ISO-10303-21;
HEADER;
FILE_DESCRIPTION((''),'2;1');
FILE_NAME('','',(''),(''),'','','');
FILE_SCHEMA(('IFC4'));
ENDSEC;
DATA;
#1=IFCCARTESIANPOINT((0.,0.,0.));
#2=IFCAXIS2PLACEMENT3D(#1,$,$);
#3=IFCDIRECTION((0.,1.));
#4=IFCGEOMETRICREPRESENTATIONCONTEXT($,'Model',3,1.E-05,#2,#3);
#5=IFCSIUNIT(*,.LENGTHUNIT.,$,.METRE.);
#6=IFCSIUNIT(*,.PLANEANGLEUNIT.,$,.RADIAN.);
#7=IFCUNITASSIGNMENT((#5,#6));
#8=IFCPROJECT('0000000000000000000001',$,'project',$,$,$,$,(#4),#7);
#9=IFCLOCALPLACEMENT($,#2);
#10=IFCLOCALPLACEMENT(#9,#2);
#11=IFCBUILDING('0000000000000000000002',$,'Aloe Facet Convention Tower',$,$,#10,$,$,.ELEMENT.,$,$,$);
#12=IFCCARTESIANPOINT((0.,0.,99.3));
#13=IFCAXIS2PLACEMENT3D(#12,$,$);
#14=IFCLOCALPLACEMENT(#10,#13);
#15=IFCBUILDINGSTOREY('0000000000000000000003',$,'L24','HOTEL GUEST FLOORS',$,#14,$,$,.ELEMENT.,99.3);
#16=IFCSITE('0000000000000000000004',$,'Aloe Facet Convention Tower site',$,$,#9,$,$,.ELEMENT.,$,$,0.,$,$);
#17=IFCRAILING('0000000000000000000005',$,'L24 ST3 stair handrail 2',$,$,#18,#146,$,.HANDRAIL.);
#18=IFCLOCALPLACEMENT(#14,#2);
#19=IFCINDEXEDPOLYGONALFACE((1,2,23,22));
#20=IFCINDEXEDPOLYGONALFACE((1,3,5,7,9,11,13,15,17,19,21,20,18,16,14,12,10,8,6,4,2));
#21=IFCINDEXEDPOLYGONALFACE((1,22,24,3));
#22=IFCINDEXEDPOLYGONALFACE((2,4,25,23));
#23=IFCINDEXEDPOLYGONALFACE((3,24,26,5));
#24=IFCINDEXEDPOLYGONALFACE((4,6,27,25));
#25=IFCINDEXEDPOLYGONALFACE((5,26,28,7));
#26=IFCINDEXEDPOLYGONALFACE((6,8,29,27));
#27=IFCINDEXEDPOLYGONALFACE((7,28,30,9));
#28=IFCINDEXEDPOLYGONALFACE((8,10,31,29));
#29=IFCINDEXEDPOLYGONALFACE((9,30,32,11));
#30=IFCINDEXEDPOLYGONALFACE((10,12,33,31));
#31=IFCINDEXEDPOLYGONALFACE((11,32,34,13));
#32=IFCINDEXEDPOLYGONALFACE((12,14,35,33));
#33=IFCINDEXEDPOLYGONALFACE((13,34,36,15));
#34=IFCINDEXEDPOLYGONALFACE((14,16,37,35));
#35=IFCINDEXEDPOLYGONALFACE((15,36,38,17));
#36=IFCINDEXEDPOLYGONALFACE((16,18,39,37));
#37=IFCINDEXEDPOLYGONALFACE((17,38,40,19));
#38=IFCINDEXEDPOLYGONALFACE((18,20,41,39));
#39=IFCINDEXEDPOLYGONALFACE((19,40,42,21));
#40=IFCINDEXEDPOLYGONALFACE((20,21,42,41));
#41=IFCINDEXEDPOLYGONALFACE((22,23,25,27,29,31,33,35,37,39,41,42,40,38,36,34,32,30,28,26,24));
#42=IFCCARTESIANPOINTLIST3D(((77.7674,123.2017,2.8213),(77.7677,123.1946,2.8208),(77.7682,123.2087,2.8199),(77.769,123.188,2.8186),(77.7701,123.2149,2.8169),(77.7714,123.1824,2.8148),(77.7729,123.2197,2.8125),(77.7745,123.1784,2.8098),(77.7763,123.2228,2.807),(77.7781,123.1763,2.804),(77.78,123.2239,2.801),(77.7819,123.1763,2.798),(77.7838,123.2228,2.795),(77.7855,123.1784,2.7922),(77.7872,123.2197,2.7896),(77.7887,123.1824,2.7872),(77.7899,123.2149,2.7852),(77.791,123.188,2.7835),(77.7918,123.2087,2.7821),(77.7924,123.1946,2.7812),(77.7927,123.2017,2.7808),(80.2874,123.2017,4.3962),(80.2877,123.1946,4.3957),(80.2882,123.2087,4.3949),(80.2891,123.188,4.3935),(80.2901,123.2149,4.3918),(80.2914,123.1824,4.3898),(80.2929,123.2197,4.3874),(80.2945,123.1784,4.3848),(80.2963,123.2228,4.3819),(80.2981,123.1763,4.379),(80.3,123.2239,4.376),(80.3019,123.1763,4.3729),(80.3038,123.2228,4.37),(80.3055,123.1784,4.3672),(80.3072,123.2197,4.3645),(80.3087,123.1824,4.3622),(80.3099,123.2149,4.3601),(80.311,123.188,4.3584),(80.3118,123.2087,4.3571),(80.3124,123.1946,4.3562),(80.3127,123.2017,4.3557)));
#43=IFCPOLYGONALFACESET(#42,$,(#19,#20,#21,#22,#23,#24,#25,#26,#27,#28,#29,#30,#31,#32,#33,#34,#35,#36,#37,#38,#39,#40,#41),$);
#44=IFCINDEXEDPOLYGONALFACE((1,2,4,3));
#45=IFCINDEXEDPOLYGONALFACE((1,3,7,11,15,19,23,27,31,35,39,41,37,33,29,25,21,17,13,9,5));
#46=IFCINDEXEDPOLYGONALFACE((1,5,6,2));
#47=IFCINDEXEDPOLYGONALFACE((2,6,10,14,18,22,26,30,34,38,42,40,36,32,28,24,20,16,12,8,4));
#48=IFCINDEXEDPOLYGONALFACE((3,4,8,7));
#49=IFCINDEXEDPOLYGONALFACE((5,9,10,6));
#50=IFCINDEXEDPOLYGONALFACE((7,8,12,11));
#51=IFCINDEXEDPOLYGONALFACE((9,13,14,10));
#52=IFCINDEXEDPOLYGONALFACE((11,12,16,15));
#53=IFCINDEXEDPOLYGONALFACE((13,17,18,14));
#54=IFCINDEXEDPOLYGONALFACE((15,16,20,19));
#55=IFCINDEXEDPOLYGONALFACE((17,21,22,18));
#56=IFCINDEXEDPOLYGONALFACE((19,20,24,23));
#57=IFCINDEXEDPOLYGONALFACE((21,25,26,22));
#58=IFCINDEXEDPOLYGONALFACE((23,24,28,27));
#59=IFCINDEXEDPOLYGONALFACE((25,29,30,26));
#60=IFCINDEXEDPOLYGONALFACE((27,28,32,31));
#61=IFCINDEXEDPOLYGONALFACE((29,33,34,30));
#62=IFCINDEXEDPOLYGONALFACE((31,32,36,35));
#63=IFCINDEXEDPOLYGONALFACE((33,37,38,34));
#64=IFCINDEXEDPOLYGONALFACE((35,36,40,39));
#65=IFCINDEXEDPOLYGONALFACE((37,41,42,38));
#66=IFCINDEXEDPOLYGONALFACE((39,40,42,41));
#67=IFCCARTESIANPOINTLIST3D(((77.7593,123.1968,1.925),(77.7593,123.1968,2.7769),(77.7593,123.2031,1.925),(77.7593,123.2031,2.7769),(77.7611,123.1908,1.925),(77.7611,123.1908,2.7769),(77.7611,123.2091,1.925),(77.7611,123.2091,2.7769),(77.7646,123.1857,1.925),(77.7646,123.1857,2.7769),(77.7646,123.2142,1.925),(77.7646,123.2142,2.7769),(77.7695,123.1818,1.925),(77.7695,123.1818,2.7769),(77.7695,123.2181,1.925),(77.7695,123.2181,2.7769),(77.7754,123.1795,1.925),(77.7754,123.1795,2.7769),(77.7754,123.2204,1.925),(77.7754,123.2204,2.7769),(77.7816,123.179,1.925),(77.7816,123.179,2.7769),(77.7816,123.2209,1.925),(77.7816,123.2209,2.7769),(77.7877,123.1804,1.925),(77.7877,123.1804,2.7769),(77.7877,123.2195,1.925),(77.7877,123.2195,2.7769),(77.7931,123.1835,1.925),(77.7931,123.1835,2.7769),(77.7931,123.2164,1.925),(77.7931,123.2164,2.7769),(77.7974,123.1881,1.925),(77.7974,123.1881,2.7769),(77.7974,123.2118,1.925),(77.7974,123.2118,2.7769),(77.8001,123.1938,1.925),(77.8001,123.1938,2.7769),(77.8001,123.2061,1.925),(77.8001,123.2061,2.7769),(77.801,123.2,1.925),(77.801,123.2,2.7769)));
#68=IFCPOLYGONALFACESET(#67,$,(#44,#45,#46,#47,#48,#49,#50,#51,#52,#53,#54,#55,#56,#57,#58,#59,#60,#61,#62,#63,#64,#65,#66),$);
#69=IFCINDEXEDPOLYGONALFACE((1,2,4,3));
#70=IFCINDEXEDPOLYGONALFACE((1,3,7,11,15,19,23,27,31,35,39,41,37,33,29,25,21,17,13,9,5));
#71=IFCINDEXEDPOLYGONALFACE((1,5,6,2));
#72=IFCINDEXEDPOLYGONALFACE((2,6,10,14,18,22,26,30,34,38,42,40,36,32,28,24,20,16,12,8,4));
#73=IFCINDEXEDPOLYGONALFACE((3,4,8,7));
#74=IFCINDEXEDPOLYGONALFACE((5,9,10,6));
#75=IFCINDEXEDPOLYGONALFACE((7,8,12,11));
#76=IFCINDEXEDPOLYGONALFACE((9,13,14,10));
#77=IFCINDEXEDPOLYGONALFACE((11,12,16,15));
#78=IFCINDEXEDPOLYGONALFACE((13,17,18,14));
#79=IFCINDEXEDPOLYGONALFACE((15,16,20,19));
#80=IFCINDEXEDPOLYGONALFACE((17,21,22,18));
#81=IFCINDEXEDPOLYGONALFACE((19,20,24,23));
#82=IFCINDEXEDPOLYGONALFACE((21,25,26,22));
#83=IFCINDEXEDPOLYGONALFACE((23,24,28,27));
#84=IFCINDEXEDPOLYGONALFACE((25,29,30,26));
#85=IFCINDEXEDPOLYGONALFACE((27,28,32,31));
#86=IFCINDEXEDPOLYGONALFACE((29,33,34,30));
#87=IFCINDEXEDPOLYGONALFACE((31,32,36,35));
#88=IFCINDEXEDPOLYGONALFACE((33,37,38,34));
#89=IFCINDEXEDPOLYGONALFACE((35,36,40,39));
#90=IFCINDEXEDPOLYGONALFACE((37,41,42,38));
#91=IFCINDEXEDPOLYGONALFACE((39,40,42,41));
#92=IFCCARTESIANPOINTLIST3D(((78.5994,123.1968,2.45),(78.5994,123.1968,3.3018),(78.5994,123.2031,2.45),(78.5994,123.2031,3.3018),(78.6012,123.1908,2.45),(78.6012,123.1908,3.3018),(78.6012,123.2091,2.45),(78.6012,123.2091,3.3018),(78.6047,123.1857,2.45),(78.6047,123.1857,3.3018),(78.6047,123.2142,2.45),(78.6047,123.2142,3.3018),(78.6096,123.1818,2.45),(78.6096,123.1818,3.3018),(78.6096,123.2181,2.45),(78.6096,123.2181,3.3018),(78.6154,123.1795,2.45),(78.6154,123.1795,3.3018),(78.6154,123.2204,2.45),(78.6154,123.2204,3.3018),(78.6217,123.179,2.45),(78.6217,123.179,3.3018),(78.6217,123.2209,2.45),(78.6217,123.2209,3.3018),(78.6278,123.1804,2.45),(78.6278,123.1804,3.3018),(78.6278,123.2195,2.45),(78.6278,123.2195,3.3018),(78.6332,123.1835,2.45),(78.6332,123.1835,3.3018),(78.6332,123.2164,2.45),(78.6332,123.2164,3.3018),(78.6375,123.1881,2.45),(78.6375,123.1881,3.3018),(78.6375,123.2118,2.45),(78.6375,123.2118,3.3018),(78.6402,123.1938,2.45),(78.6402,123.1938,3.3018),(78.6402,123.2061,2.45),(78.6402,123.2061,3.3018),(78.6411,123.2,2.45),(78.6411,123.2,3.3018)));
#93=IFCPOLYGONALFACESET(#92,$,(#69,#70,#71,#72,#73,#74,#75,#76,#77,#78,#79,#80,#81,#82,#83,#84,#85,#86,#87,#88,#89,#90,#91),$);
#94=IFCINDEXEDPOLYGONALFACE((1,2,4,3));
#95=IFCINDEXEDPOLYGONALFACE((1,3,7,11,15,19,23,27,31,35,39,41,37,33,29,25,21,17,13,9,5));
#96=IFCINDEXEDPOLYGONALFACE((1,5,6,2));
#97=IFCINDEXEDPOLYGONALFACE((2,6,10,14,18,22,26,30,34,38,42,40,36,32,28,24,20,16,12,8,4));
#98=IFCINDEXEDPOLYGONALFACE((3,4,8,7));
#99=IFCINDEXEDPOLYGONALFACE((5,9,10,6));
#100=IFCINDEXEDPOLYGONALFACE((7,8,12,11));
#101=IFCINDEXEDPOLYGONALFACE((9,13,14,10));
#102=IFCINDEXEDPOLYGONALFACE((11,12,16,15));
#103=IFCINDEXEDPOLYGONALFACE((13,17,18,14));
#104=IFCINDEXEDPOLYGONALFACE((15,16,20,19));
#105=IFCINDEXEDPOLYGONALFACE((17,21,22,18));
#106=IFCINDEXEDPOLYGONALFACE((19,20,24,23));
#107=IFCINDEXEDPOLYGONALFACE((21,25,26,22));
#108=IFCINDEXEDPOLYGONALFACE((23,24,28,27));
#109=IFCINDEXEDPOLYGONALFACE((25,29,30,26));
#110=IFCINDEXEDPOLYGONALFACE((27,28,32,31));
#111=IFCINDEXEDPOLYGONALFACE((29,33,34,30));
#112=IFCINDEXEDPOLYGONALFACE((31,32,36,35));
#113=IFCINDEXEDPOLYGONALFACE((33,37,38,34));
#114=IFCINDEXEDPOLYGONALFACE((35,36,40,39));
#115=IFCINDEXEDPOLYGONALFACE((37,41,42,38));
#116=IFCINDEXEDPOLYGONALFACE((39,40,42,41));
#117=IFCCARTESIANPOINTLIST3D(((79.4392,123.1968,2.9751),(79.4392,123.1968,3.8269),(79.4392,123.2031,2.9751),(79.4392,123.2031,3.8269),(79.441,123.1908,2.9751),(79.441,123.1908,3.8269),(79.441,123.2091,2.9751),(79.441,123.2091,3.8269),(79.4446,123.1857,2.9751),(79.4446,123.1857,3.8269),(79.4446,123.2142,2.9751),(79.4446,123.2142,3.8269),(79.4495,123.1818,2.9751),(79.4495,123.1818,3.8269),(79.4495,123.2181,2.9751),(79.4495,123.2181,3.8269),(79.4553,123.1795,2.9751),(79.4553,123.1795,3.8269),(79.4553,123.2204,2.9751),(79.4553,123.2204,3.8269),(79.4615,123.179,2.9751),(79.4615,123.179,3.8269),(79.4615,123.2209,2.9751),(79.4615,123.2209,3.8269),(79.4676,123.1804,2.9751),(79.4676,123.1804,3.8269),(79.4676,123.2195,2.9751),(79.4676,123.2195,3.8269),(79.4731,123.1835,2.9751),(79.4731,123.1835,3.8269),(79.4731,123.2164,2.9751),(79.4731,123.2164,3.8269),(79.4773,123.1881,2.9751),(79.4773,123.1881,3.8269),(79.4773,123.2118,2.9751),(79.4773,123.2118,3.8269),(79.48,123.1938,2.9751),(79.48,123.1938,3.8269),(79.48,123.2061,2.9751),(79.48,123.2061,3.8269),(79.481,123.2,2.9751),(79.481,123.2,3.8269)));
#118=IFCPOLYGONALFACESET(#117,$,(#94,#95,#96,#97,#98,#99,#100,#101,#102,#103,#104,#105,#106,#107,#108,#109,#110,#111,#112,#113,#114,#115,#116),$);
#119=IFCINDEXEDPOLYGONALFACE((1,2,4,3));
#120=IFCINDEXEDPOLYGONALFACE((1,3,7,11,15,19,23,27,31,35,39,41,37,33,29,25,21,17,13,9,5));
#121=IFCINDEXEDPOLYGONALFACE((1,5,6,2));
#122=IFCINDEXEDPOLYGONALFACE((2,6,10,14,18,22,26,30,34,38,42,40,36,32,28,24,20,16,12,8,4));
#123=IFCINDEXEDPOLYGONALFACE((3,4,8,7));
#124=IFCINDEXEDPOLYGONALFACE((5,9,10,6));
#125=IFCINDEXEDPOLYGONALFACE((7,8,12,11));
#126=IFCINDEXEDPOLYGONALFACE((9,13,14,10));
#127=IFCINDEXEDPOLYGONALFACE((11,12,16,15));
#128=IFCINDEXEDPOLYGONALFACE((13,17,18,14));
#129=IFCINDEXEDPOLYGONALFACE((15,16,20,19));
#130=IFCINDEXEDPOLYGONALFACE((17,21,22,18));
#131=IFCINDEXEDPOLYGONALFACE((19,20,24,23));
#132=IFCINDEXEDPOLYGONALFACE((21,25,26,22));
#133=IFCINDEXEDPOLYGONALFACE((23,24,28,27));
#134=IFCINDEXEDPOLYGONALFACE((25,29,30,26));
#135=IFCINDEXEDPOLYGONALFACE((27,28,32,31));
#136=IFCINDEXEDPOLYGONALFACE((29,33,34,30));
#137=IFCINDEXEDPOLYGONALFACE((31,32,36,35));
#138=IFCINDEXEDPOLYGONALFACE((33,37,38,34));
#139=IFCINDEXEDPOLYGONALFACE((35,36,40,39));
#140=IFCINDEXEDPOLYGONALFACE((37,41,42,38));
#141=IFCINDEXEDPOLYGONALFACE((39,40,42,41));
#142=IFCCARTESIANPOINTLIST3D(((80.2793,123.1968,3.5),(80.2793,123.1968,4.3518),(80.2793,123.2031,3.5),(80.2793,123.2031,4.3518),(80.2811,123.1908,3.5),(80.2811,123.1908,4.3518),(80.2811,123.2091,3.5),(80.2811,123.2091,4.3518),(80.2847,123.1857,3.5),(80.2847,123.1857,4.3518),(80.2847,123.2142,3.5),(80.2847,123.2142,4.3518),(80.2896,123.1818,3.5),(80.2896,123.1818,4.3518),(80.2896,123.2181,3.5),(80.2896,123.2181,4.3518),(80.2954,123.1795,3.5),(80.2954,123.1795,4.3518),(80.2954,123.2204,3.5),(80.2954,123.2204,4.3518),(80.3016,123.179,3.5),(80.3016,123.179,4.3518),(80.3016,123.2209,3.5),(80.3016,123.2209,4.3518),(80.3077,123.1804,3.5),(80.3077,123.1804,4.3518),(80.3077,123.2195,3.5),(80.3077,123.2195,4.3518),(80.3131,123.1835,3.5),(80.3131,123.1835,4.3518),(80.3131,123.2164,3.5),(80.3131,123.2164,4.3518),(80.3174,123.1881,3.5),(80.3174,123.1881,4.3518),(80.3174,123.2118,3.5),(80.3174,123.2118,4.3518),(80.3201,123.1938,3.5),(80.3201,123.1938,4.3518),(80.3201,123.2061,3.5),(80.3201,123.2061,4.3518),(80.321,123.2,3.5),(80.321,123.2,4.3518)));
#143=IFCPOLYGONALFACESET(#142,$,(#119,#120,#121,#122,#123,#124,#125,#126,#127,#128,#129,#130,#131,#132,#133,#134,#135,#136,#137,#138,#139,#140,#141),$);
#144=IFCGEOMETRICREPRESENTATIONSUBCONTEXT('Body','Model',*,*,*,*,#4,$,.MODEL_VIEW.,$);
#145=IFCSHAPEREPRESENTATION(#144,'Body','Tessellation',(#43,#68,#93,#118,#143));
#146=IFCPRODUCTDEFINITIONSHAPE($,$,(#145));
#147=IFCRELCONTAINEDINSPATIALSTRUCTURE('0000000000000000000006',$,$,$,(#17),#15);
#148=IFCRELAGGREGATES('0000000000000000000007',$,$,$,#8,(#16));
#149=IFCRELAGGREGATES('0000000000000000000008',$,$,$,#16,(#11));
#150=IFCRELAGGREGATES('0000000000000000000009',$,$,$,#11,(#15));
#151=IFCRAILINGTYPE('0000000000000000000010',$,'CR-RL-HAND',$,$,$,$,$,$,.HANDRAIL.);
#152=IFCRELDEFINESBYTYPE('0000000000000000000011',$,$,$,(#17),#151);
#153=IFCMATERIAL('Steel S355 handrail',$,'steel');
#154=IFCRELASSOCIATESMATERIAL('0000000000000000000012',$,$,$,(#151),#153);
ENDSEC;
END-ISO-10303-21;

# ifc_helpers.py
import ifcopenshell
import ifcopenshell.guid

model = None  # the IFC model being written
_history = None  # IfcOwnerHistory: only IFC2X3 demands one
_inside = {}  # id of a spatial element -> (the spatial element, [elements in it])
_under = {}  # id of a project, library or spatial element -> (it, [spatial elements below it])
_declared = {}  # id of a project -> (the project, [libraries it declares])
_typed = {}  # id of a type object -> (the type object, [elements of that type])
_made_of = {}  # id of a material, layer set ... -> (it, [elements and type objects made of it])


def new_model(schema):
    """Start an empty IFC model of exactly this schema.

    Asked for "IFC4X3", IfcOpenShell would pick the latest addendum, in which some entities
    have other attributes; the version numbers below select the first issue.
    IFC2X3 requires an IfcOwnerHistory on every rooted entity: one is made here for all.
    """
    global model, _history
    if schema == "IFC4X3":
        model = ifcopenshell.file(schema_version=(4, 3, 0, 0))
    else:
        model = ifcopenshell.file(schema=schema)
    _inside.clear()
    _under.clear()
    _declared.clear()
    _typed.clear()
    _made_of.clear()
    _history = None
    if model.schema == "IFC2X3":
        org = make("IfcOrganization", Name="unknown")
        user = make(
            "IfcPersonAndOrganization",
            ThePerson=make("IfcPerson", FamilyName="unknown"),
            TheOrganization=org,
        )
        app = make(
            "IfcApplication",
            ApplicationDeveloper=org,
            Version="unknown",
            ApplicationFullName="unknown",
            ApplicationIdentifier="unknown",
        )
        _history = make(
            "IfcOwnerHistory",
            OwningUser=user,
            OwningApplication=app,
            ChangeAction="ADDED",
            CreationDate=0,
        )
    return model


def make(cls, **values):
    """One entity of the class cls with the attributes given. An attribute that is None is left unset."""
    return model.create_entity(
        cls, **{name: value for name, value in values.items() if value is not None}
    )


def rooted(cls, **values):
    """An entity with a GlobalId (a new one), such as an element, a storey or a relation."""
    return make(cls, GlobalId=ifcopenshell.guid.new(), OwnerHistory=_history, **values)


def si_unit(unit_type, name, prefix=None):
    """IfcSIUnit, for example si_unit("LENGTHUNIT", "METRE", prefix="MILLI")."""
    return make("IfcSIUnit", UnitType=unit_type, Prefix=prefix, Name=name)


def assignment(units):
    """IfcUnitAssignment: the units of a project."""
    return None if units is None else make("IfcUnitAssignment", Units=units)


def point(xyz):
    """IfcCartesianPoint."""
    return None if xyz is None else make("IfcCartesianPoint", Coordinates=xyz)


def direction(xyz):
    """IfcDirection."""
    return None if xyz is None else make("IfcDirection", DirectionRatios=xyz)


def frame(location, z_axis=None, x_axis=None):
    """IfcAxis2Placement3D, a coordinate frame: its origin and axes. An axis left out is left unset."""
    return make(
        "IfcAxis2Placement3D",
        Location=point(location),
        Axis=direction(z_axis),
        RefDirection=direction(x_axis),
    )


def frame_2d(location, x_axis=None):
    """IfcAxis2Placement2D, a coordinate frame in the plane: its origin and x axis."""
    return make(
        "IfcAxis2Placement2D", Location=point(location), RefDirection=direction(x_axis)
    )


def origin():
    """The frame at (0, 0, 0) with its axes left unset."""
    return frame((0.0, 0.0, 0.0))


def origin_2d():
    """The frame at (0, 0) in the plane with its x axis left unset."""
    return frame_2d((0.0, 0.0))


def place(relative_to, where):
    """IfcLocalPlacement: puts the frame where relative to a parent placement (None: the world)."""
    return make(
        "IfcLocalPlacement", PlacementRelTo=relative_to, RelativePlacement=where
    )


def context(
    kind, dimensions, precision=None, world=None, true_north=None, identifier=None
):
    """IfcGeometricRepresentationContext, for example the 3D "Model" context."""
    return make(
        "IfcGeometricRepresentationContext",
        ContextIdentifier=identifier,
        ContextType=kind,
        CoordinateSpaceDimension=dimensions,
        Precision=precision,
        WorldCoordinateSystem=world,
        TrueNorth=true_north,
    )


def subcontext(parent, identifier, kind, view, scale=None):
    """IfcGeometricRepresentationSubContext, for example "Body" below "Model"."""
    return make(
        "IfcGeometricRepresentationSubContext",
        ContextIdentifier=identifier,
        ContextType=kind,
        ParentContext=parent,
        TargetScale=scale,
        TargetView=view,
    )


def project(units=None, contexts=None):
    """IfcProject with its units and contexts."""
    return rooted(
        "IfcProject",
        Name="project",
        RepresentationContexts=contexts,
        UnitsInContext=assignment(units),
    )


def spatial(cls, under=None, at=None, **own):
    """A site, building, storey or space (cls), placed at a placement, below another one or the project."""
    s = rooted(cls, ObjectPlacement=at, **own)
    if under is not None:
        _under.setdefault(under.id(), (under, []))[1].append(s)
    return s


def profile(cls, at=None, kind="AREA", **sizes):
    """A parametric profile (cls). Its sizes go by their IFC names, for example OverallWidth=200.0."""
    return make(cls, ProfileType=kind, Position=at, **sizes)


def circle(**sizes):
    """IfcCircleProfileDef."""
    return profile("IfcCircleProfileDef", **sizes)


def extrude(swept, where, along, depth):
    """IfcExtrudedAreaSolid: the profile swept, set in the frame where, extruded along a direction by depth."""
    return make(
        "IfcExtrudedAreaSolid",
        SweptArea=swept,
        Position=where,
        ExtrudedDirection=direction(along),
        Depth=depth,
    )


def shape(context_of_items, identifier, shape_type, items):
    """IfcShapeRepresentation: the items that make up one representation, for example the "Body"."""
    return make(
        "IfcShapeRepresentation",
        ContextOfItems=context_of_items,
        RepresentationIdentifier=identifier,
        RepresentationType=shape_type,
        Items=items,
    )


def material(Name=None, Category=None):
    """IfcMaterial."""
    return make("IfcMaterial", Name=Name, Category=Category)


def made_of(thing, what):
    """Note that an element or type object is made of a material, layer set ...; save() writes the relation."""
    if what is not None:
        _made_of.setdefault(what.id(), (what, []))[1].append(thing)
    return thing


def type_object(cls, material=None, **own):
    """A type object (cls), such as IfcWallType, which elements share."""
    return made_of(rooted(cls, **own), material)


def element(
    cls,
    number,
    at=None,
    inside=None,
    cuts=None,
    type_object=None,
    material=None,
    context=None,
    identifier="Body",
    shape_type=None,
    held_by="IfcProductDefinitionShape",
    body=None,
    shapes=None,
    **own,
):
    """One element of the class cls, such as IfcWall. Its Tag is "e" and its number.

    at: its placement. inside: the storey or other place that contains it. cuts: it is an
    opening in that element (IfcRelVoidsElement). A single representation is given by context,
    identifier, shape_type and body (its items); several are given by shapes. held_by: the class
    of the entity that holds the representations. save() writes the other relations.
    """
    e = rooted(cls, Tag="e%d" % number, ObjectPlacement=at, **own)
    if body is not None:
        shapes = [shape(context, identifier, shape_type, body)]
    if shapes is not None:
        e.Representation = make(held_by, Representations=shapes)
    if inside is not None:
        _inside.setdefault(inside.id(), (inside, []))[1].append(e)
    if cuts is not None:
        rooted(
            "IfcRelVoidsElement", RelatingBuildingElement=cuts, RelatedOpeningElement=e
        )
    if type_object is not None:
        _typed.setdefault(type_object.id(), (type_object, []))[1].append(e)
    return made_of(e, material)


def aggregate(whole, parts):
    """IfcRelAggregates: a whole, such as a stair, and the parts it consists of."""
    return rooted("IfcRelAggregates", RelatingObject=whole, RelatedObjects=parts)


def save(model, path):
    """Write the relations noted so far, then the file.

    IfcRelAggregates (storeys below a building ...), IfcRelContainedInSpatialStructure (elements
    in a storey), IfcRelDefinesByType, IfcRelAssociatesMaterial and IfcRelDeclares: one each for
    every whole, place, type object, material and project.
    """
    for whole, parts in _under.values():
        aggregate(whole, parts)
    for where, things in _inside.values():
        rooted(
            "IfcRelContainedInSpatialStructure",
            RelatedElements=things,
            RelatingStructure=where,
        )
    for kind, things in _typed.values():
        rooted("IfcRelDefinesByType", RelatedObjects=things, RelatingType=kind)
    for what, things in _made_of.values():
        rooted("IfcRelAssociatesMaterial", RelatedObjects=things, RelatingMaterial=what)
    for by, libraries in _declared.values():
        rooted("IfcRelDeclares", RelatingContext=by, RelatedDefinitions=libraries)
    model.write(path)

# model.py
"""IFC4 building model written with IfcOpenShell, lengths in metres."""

from ifc_helpers import new_model, si_unit, direction, frame, origin, origin_2d, place, context, subcontext, project, spatial, circle, extrude, material, type_object, element, save


model = new_model("IFC4")

# Units and contexts
model_context = context("Model", 3, precision=1e-05, world=origin(), true_north=direction((0.0, 1.0)))
body_context = subcontext(model_context, "Body", "Model", "MODEL_VIEW")
ifc_project = project(units=[si_unit("LENGTHUNIT", "METRE"), si_unit("PLANEANGLEUNIT", "RADIAN")], contexts=[model_context])

# Site, building, storey
site_placement = place(None, origin())
site = spatial("IfcSite", under=ifc_project, at=site_placement, Name="Aloe Facet Convention Tower site", CompositionType="ELEMENT", RefElevation=0.0)
building_placement = place(site_placement, origin())
building = spatial("IfcBuilding", under=site, at=building_placement, Name="Aloe Facet Convention Tower", CompositionType="ELEMENT")
storey_placement = place(building_placement, frame((0.0, 0.0, 99.3)))
storey = spatial("IfcBuildingStorey", under=building, at=storey_placement, Name="L24", Description="HOTEL GUEST FLOORS", CompositionType="ELEMENT", Elevation=99.3)

# Railing
ifc_material_1 = material(Name="Steel S355 handrail", Category="steel")
railing_type_1 = type_object("IfcRailingType", Name="CR-RL-HAND", PredefinedType="HANDRAIL", material=ifc_material_1)
railing_1_placement = place(storey_placement, frame((77.78, 123.2, 1.925)))
element("IfcRailing", 1, at=railing_1_placement, inside=storey, type_object=railing_type_1, Name="L24 ST3 stair handrail 2", PredefinedType="HANDRAIL", context=body_context, shape_type="SweptSolid", body=[
    extrude(circle(Radius=0.0239, at=origin_2d()), frame((0.0, 0.0, 0.876), z_axis=(0.848008, 0.0, 0.529984), x_axis=(0.0, 1.0, 0.0)), (0.0, 0.0, 1.0), 2.9717),
    extrude(circle(Radius=0.021, at=origin_2d()), origin(), (0.0, 0.0, 1.0), 0.8518),
    extrude(circle(Radius=0.021, at=origin_2d()), frame((0.8401, 0.0, 0.5249)), (0.0, 0.0, 1.0), 0.8518),
    extrude(circle(Radius=0.021, at=origin_2d()), frame((1.6799, 0.0, 1.05)), (0.0, 0.0, 1.0), 0.8518),
    extrude(circle(Radius=0.021, at=origin_2d()), frame((2.52, 0.0, 1.575)), (0.0, 0.0, 1.0), 0.8518),
])

save(model, "model.ifc")
